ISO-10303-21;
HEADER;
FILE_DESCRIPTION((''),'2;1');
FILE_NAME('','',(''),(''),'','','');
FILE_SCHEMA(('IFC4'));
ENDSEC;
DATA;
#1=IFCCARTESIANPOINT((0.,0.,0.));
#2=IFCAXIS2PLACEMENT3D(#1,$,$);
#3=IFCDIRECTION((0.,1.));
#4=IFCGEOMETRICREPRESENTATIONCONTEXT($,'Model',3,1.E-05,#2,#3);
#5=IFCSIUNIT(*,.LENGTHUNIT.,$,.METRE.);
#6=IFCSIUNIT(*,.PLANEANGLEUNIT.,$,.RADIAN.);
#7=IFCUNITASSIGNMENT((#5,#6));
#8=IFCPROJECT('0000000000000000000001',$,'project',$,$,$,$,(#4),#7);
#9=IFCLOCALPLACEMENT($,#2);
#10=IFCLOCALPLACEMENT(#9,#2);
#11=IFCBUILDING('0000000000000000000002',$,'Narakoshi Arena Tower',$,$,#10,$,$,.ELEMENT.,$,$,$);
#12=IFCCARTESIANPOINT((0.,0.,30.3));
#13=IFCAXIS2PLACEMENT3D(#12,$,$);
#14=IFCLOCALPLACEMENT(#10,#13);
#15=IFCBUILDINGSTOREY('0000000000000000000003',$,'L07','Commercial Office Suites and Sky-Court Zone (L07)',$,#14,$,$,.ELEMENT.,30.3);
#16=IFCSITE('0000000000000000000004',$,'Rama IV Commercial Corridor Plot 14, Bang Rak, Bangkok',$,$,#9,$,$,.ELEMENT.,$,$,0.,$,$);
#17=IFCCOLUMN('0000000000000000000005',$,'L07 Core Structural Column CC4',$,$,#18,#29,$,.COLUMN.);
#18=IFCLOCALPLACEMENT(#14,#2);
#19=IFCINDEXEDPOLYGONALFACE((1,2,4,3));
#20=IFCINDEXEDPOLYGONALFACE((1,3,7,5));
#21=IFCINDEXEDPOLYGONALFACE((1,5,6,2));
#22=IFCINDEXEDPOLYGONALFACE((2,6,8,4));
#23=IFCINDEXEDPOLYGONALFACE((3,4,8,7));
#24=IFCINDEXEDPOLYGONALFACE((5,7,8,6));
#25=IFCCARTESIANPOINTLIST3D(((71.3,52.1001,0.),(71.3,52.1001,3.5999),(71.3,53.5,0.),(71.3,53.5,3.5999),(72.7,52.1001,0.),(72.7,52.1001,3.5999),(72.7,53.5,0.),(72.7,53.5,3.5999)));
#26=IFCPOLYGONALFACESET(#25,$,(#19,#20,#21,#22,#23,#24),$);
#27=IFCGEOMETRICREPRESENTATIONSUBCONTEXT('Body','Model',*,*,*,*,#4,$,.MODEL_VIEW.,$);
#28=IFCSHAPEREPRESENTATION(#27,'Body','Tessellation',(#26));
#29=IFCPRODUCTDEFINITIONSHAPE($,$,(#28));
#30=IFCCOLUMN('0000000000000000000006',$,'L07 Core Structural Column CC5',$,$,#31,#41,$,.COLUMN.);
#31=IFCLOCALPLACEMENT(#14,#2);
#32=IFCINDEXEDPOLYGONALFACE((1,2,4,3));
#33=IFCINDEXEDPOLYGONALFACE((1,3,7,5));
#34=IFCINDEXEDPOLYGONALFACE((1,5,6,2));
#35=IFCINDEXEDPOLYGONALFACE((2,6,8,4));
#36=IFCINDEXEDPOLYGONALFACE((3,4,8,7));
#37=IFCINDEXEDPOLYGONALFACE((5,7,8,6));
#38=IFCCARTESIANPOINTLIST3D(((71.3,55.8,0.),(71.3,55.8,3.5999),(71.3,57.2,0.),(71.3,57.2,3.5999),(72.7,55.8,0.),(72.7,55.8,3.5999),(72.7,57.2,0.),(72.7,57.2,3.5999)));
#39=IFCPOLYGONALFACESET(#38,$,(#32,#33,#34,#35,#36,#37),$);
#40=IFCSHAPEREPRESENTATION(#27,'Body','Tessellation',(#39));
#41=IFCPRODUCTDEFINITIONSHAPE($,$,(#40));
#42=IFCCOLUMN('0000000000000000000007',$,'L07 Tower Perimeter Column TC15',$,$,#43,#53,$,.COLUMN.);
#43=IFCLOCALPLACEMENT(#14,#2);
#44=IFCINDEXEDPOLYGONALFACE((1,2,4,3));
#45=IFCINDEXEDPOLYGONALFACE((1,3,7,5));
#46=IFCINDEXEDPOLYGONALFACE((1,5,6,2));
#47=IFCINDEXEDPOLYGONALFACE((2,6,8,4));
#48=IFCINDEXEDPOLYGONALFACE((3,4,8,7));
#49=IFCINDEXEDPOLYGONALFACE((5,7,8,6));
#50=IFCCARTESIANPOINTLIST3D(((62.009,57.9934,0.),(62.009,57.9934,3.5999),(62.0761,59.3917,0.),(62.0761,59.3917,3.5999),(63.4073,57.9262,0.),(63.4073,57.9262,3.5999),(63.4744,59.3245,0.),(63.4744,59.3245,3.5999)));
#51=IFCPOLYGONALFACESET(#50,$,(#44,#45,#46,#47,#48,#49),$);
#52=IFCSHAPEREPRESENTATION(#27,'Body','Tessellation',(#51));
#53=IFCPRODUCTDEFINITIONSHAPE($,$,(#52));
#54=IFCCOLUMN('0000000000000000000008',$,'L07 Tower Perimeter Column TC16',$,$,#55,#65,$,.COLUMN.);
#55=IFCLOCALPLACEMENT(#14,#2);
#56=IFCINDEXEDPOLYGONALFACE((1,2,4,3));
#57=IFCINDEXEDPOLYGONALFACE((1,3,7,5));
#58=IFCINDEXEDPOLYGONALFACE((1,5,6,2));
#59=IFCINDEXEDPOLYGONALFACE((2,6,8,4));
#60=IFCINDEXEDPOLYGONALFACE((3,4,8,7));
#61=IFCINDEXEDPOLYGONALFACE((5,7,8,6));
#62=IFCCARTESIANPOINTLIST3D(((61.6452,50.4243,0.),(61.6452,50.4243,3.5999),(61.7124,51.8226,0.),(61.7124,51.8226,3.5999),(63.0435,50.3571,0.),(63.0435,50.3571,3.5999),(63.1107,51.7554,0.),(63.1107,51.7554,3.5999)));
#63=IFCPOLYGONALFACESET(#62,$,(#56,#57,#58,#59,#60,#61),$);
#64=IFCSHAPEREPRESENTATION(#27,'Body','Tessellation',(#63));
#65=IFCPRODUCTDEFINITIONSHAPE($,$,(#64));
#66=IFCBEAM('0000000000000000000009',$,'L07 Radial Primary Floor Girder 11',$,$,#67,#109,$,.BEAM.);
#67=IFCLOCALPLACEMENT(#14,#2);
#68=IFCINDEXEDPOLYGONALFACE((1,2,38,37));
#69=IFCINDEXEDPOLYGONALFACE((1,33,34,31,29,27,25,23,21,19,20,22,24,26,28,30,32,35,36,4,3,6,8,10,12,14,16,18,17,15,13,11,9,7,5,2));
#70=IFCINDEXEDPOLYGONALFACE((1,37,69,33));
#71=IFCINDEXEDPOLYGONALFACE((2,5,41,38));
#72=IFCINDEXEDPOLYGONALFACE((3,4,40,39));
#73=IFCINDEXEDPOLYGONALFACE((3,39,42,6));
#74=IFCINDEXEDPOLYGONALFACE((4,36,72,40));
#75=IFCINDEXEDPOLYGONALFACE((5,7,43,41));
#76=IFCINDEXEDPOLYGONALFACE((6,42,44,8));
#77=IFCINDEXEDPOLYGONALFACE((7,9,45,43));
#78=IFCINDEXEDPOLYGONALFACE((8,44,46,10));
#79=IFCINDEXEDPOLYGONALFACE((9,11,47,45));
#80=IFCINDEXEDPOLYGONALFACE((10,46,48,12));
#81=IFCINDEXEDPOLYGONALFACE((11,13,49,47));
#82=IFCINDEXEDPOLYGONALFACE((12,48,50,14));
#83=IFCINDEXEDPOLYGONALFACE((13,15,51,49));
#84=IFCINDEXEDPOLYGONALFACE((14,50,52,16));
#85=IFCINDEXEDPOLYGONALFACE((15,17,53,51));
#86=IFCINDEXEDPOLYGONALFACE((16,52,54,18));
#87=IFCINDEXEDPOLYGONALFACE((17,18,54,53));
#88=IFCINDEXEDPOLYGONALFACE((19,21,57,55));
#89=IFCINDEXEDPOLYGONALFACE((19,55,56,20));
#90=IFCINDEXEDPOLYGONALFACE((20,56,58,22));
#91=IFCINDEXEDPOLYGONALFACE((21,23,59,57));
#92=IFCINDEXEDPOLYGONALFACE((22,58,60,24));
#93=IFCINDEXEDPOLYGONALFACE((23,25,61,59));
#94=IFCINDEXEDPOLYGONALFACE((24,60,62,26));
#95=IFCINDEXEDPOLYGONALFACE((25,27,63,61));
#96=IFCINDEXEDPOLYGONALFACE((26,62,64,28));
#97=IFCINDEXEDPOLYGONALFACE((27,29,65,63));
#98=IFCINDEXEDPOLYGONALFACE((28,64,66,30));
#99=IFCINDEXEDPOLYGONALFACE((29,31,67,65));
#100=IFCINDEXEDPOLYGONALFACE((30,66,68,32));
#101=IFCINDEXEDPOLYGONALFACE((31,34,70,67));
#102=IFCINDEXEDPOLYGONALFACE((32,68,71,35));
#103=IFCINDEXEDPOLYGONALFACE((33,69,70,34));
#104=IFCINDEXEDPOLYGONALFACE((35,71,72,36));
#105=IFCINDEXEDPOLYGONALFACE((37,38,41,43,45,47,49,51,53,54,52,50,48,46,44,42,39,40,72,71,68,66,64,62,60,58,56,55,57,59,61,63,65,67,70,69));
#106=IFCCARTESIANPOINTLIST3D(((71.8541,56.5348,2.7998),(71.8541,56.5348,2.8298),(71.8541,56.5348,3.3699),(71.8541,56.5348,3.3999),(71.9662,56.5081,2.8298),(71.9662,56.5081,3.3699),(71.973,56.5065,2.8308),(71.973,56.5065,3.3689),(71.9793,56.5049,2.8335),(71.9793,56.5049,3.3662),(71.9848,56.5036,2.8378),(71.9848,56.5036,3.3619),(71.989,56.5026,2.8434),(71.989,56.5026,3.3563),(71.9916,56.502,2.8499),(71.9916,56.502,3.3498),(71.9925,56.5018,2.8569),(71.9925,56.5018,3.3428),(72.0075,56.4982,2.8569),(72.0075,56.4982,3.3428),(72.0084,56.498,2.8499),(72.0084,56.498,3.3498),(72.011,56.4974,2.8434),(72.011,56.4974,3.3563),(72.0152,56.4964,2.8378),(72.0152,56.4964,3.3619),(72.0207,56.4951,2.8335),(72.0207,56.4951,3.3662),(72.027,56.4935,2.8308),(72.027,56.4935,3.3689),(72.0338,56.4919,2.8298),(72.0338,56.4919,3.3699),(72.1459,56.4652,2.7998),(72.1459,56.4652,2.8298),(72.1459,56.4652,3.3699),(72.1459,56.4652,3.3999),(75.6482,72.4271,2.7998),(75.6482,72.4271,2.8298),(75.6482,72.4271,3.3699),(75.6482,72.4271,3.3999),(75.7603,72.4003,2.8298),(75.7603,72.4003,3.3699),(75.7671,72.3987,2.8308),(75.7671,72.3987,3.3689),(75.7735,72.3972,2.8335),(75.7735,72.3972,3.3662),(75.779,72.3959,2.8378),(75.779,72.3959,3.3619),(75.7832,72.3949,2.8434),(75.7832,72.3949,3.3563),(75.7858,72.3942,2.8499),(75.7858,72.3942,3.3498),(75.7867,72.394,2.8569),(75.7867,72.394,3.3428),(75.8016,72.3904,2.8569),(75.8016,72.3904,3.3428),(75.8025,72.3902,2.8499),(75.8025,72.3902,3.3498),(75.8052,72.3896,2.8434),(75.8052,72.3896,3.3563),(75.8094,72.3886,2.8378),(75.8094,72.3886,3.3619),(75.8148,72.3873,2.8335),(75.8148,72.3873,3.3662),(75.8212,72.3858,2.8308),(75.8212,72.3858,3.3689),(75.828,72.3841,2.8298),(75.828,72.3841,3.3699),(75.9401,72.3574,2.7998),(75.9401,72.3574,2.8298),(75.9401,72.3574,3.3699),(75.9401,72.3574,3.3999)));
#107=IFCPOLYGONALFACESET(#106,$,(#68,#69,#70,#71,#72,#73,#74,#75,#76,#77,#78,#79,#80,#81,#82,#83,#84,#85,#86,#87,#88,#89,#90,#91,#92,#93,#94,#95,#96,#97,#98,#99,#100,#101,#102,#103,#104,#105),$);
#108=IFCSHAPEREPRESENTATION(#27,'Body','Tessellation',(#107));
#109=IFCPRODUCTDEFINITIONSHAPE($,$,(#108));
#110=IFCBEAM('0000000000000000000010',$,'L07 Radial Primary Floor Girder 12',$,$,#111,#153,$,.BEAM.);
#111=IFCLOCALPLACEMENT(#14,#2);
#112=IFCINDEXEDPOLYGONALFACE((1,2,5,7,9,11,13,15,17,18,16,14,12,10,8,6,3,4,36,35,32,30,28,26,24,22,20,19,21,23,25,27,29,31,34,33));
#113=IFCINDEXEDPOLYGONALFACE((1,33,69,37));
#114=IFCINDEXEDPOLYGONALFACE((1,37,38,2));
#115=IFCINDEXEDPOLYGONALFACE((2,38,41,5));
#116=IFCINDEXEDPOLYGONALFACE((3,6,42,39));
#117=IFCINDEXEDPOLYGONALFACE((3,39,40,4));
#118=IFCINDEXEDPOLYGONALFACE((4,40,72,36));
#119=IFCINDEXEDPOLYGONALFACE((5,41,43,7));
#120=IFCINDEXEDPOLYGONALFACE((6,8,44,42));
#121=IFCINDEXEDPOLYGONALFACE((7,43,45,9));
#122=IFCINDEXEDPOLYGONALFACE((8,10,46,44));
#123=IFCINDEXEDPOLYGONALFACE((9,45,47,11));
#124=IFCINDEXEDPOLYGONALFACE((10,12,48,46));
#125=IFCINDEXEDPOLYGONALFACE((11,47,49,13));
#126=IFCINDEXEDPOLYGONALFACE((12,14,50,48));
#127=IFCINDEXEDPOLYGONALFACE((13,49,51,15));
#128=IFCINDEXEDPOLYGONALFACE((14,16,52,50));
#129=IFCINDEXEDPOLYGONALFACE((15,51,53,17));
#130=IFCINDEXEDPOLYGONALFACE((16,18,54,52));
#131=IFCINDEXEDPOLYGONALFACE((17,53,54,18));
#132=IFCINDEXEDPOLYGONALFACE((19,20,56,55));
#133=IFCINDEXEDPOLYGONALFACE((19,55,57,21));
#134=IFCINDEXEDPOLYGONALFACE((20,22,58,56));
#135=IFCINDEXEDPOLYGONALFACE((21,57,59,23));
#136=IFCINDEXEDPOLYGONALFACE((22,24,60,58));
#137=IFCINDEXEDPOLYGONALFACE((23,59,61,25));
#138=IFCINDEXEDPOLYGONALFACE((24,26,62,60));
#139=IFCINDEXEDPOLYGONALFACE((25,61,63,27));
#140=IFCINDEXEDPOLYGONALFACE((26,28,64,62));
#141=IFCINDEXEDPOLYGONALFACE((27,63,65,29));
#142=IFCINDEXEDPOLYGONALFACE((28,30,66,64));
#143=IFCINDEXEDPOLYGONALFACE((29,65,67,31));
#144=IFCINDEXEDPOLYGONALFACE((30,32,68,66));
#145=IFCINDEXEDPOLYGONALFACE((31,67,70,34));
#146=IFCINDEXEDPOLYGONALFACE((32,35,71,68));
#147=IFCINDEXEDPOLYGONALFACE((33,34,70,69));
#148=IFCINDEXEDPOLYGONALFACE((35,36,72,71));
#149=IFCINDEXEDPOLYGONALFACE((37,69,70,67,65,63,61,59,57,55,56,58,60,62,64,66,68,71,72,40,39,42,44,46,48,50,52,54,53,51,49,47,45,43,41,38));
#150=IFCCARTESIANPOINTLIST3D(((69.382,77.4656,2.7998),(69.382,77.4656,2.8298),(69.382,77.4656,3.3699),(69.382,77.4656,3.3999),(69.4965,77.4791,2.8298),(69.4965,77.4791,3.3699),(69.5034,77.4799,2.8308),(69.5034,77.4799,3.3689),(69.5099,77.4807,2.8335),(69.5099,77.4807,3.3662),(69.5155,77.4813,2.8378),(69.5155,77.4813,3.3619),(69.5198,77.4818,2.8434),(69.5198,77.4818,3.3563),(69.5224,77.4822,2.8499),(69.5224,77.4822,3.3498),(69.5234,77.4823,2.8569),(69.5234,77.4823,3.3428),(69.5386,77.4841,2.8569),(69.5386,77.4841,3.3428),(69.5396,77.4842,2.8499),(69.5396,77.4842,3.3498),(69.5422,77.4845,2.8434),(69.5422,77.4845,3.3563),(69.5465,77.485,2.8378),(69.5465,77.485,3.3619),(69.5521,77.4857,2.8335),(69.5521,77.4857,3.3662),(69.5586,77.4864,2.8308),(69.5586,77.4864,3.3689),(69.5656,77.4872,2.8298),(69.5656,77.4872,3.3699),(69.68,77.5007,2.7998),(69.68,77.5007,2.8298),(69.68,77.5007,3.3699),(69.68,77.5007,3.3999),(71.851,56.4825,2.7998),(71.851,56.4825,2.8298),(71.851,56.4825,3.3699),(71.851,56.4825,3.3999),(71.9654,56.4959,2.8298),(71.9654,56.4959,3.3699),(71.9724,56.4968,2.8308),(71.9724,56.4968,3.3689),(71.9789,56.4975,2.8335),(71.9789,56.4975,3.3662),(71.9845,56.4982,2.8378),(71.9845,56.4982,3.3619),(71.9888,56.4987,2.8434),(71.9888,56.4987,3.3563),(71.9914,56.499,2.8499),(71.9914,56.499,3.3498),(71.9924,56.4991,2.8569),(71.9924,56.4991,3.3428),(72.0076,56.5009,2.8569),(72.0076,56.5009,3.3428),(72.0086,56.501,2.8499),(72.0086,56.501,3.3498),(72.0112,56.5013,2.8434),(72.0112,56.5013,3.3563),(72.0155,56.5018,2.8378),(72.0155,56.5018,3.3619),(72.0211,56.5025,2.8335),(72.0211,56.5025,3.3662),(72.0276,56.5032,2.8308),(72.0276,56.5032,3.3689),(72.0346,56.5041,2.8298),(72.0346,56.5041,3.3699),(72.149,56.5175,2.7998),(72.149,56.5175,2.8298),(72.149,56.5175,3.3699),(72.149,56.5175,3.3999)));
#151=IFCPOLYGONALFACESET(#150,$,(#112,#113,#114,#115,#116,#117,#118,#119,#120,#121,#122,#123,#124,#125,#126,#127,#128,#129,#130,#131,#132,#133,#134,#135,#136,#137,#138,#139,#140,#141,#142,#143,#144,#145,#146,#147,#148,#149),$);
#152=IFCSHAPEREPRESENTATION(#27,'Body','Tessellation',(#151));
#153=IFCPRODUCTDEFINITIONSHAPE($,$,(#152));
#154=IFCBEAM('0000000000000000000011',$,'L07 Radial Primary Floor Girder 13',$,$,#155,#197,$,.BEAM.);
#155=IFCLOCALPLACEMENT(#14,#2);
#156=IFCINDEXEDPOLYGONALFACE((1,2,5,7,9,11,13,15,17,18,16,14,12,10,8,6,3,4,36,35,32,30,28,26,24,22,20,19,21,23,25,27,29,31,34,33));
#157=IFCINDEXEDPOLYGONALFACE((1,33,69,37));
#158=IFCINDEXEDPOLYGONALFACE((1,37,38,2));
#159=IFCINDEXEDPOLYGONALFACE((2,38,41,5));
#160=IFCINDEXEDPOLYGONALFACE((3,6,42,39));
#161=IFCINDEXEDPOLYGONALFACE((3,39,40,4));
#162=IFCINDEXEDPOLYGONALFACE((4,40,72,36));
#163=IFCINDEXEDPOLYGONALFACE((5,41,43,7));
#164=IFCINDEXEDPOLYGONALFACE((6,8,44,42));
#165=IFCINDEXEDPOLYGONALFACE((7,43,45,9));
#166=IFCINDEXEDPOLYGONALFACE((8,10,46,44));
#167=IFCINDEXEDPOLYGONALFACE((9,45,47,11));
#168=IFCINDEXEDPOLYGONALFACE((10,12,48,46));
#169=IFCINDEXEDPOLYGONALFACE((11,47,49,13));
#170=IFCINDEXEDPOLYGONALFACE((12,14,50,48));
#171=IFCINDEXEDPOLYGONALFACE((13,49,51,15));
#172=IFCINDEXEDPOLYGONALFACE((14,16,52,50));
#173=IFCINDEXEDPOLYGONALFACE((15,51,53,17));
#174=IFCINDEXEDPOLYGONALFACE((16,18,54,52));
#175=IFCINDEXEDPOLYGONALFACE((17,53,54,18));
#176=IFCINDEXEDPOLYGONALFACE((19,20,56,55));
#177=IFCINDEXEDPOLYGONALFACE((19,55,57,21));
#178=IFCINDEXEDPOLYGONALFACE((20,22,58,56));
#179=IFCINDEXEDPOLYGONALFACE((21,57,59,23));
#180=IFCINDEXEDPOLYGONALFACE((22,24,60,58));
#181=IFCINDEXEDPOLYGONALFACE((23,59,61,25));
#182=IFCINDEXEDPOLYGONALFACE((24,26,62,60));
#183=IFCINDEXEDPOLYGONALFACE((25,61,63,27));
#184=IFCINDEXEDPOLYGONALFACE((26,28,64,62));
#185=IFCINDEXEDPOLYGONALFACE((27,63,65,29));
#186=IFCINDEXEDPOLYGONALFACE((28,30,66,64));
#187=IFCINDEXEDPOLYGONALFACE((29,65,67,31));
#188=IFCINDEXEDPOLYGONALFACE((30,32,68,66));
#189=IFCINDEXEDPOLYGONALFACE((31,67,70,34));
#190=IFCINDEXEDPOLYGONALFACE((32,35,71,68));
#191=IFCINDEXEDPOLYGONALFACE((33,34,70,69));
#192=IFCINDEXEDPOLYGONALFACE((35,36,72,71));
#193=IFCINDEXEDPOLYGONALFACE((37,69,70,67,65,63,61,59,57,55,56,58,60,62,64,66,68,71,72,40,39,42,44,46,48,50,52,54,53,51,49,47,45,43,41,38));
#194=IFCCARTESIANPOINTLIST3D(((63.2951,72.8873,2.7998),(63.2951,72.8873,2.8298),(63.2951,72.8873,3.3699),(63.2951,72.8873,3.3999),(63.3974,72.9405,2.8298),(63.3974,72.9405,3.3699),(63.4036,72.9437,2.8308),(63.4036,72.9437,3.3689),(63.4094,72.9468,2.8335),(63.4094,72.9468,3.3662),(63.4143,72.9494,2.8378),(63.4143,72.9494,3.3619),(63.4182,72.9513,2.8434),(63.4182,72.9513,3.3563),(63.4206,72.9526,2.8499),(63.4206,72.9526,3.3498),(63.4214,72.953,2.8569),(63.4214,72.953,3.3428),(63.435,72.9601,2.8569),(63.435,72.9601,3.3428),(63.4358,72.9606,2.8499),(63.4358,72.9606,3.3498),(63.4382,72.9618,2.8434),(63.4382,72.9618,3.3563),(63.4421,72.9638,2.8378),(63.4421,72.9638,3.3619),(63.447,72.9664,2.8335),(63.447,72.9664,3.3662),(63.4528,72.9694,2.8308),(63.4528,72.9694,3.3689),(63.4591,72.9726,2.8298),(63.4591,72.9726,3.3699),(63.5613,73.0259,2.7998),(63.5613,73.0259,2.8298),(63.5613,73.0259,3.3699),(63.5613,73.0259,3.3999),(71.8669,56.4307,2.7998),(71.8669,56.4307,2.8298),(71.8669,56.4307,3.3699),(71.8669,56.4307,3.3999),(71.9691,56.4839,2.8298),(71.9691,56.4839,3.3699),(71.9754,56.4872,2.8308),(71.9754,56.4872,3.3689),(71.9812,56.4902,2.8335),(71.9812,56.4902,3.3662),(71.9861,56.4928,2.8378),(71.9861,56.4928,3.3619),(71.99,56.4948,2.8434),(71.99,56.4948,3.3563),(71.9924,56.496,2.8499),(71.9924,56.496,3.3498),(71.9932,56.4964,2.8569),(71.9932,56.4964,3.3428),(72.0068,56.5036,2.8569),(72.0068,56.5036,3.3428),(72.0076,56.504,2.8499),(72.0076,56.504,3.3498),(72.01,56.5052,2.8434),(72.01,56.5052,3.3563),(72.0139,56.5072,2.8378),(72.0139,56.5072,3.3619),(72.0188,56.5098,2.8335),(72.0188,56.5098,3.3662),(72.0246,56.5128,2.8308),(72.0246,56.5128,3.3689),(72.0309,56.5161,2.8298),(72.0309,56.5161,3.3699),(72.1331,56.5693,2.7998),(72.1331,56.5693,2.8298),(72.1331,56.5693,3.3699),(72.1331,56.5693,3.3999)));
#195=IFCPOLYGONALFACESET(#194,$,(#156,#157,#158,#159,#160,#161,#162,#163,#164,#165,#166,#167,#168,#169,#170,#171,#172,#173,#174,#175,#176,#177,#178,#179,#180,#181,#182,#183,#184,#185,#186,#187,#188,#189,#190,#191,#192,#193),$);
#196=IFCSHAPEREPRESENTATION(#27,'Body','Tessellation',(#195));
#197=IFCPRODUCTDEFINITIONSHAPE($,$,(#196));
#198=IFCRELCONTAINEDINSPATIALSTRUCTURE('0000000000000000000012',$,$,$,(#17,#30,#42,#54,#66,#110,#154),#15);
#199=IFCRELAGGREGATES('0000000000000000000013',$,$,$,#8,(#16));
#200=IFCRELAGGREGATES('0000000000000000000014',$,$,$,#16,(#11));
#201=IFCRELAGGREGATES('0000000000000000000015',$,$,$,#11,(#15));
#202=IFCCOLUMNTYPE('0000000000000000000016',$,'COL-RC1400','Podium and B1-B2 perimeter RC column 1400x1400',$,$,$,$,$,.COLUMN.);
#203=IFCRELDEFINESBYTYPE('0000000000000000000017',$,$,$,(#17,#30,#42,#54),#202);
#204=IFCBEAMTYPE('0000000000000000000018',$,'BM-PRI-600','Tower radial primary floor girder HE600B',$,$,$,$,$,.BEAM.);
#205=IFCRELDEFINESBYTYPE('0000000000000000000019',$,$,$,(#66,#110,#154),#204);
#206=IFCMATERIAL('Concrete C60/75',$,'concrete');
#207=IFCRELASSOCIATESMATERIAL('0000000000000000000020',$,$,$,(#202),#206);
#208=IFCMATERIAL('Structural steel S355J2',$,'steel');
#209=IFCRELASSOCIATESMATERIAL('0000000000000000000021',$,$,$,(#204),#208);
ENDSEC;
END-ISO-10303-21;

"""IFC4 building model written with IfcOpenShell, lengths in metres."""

from ifc_helpers import new_model, si_unit, direction, frame, origin, origin_2d, place, context, subcontext, project, spatial, rectangle, i_section, extrude, material, material_profile, profile_set, type_object, element, save


model = new_model("IFC4")

# Units and contexts
model_context = context("Model", 3, precision=1e-05, world=origin(), true_north=direction((0.0, 1.0)))
body_context = subcontext(model_context, "Body", "Model", "MODEL_VIEW")
ifc_project = project(units=[si_unit("LENGTHUNIT", "METRE"), si_unit("PLANEANGLEUNIT", "RADIAN")], contexts=[model_context])

# Site, building, storey
site_placement = place(None, origin())
site = spatial("IfcSite", under=ifc_project, at=site_placement, Name="Rama IV Commercial Corridor Plot 14, Bang Rak, Bangkok", CompositionType="ELEMENT", RefElevation=0.0)
building_placement = place(site_placement, origin())
building = spatial("IfcBuilding", under=site, at=building_placement, Name="Narakoshi Arena Tower", CompositionType="ELEMENT")
storey_placement = place(building_placement, frame((0.0, 0.0, 30.3)))
storey = spatial("IfcBuildingStorey", under=building, at=storey_placement, Name="L07", Description="Commercial Office Suites and Sky-Court Zone (L07)", CompositionType="ELEMENT", Elevation=30.3)

# Columns
ifc_material_1 = material(Name="Concrete C60/75", Category="concrete")
ifc_material_profile_1 = material_profile(ifc_material_1, rectangle(XDim=1.3999, YDim=1.3999, at=origin_2d()), Name="RC1400x1400")
ifc_profile_set_1 = profile_set([ifc_material_profile_1], Name="Concrete C60/75")
column_type = type_object("IfcColumnType", Name="COL-RC1400", Description="Podium and B1-B2 perimeter RC column 1400x1400", PredefinedType="COLUMN", material=ifc_profile_set_1)
for number, where, z_axis, x_axis, name in (
    (1, (72.0, 52.8, 0.0), (0.0, 0.0, 1.0), (1.0, 0.0, 0.0), "L07 Core Structural Column CC4"),
    (2, (72.0, 56.5, 0.0), (0.0, 0.0, 1.0), (1.0, 0.0, 0.0), "L07 Core Structural Column CC5"),
    (3, (62.7417, 58.6589, 0.0), (0.0, 0.0, 1.0), (0.047978, 0.998848, 0.0), "L07 Tower Perimeter Column TC15"),
    (4, (62.3779, 51.0898, 0.0), (0.0, 0.0, 1.0), (0.047978, 0.998848, 0.0), "L07 Tower Perimeter Column TC16"),
):
    element("IfcColumn", number, at=place(storey_placement, frame(where, z_axis=z_axis, x_axis=x_axis)), inside=storey, type_object=column_type, Name=name, PredefinedType="COLUMN", context=body_context, shape_type="SweptSolid", body=[
        extrude(rectangle(XDim=1.3999, YDim=1.3999, at=origin_2d()), origin(), (0.0, 0.0, 1.0), 3.5999),
    ])

# Beams
ifc_material_2 = material(Name="Structural steel S355J2", Category="steel")
ifc_material_profile_2 = material_profile(ifc_material_2, i_section(OverallWidth=0.3, OverallDepth=0.6001, WebThickness=0.0154, FlangeThickness=0.03, FilletRadius=0.0271, at=origin_2d()), Name="HE600B")
ifc_profile_set_2 = profile_set([ifc_material_profile_2], Name="Structural steel S355J2")
beam_type_1 = type_object("IfcBeamType", Name="BM-PRI-600", Description="Tower radial primary floor girder HE600B", PredefinedType="BEAM", material=ifc_profile_set_2)
beam_1_placement = place(storey_placement, frame((72.0, 56.5, 3.0999), z_axis=(0.232217, 0.972664, 0.0), x_axis=(-0.972664, 0.232217, 0.0)))
element("IfcBeam", 5, at=beam_1_placement, inside=storey, type_object=beam_type_1, Name="L07 Radial Primary Floor Girder 11", PredefinedType="BEAM", context=body_context, shape_type="SweptSolid", body=[
    extrude(i_section(OverallWidth=0.3, OverallDepth=0.6001, WebThickness=0.0154, FlangeThickness=0.03, FilletRadius=0.0271, at=origin_2d()), origin(), (0.0, 0.0, 1.0), 16.3389),
])
beam_2_placement = place(storey_placement, frame((72.0, 56.5, 3.0999), z_axis=(-0.116859, 0.993148, 0.0), x_axis=(-0.993148, -0.116859, 0.0)))
element("IfcBeam", 6, at=beam_2_placement, inside=storey, type_object=beam_type_1, Name="L07 Radial Primary Floor Girder 12", PredefinedType="BEAM", context=body_context, shape_type="SweptSolid", body=[
    extrude(i_section(OverallWidth=0.3, OverallDepth=0.6001, WebThickness=0.0154, FlangeThickness=0.03, FilletRadius=0.0271, at=origin_2d()), origin(), (0.0, 0.0, 1.0), 21.1279),
])
beam_3_placement = place(storey_placement, frame((72.0, 56.5, 3.0999), z_axis=(-0.461962, 0.886899, 0.0), x_axis=(-0.886899, -0.461962, 0.0)))
element("IfcBeam", 7, at=beam_3_placement, inside=storey, type_object=beam_type_1, Name="L07 Radial Primary Floor Girder 13", PredefinedType="BEAM", context=body_context, shape_type="SweptSolid", body=[
    extrude(i_section(OverallWidth=0.3, OverallDepth=0.6001, WebThickness=0.0154, FlangeThickness=0.03, FilletRadius=0.0271, at=origin_2d()), origin(), (0.0, 0.0, 1.0), 18.5552),
])

save(model, "model.ifc")
